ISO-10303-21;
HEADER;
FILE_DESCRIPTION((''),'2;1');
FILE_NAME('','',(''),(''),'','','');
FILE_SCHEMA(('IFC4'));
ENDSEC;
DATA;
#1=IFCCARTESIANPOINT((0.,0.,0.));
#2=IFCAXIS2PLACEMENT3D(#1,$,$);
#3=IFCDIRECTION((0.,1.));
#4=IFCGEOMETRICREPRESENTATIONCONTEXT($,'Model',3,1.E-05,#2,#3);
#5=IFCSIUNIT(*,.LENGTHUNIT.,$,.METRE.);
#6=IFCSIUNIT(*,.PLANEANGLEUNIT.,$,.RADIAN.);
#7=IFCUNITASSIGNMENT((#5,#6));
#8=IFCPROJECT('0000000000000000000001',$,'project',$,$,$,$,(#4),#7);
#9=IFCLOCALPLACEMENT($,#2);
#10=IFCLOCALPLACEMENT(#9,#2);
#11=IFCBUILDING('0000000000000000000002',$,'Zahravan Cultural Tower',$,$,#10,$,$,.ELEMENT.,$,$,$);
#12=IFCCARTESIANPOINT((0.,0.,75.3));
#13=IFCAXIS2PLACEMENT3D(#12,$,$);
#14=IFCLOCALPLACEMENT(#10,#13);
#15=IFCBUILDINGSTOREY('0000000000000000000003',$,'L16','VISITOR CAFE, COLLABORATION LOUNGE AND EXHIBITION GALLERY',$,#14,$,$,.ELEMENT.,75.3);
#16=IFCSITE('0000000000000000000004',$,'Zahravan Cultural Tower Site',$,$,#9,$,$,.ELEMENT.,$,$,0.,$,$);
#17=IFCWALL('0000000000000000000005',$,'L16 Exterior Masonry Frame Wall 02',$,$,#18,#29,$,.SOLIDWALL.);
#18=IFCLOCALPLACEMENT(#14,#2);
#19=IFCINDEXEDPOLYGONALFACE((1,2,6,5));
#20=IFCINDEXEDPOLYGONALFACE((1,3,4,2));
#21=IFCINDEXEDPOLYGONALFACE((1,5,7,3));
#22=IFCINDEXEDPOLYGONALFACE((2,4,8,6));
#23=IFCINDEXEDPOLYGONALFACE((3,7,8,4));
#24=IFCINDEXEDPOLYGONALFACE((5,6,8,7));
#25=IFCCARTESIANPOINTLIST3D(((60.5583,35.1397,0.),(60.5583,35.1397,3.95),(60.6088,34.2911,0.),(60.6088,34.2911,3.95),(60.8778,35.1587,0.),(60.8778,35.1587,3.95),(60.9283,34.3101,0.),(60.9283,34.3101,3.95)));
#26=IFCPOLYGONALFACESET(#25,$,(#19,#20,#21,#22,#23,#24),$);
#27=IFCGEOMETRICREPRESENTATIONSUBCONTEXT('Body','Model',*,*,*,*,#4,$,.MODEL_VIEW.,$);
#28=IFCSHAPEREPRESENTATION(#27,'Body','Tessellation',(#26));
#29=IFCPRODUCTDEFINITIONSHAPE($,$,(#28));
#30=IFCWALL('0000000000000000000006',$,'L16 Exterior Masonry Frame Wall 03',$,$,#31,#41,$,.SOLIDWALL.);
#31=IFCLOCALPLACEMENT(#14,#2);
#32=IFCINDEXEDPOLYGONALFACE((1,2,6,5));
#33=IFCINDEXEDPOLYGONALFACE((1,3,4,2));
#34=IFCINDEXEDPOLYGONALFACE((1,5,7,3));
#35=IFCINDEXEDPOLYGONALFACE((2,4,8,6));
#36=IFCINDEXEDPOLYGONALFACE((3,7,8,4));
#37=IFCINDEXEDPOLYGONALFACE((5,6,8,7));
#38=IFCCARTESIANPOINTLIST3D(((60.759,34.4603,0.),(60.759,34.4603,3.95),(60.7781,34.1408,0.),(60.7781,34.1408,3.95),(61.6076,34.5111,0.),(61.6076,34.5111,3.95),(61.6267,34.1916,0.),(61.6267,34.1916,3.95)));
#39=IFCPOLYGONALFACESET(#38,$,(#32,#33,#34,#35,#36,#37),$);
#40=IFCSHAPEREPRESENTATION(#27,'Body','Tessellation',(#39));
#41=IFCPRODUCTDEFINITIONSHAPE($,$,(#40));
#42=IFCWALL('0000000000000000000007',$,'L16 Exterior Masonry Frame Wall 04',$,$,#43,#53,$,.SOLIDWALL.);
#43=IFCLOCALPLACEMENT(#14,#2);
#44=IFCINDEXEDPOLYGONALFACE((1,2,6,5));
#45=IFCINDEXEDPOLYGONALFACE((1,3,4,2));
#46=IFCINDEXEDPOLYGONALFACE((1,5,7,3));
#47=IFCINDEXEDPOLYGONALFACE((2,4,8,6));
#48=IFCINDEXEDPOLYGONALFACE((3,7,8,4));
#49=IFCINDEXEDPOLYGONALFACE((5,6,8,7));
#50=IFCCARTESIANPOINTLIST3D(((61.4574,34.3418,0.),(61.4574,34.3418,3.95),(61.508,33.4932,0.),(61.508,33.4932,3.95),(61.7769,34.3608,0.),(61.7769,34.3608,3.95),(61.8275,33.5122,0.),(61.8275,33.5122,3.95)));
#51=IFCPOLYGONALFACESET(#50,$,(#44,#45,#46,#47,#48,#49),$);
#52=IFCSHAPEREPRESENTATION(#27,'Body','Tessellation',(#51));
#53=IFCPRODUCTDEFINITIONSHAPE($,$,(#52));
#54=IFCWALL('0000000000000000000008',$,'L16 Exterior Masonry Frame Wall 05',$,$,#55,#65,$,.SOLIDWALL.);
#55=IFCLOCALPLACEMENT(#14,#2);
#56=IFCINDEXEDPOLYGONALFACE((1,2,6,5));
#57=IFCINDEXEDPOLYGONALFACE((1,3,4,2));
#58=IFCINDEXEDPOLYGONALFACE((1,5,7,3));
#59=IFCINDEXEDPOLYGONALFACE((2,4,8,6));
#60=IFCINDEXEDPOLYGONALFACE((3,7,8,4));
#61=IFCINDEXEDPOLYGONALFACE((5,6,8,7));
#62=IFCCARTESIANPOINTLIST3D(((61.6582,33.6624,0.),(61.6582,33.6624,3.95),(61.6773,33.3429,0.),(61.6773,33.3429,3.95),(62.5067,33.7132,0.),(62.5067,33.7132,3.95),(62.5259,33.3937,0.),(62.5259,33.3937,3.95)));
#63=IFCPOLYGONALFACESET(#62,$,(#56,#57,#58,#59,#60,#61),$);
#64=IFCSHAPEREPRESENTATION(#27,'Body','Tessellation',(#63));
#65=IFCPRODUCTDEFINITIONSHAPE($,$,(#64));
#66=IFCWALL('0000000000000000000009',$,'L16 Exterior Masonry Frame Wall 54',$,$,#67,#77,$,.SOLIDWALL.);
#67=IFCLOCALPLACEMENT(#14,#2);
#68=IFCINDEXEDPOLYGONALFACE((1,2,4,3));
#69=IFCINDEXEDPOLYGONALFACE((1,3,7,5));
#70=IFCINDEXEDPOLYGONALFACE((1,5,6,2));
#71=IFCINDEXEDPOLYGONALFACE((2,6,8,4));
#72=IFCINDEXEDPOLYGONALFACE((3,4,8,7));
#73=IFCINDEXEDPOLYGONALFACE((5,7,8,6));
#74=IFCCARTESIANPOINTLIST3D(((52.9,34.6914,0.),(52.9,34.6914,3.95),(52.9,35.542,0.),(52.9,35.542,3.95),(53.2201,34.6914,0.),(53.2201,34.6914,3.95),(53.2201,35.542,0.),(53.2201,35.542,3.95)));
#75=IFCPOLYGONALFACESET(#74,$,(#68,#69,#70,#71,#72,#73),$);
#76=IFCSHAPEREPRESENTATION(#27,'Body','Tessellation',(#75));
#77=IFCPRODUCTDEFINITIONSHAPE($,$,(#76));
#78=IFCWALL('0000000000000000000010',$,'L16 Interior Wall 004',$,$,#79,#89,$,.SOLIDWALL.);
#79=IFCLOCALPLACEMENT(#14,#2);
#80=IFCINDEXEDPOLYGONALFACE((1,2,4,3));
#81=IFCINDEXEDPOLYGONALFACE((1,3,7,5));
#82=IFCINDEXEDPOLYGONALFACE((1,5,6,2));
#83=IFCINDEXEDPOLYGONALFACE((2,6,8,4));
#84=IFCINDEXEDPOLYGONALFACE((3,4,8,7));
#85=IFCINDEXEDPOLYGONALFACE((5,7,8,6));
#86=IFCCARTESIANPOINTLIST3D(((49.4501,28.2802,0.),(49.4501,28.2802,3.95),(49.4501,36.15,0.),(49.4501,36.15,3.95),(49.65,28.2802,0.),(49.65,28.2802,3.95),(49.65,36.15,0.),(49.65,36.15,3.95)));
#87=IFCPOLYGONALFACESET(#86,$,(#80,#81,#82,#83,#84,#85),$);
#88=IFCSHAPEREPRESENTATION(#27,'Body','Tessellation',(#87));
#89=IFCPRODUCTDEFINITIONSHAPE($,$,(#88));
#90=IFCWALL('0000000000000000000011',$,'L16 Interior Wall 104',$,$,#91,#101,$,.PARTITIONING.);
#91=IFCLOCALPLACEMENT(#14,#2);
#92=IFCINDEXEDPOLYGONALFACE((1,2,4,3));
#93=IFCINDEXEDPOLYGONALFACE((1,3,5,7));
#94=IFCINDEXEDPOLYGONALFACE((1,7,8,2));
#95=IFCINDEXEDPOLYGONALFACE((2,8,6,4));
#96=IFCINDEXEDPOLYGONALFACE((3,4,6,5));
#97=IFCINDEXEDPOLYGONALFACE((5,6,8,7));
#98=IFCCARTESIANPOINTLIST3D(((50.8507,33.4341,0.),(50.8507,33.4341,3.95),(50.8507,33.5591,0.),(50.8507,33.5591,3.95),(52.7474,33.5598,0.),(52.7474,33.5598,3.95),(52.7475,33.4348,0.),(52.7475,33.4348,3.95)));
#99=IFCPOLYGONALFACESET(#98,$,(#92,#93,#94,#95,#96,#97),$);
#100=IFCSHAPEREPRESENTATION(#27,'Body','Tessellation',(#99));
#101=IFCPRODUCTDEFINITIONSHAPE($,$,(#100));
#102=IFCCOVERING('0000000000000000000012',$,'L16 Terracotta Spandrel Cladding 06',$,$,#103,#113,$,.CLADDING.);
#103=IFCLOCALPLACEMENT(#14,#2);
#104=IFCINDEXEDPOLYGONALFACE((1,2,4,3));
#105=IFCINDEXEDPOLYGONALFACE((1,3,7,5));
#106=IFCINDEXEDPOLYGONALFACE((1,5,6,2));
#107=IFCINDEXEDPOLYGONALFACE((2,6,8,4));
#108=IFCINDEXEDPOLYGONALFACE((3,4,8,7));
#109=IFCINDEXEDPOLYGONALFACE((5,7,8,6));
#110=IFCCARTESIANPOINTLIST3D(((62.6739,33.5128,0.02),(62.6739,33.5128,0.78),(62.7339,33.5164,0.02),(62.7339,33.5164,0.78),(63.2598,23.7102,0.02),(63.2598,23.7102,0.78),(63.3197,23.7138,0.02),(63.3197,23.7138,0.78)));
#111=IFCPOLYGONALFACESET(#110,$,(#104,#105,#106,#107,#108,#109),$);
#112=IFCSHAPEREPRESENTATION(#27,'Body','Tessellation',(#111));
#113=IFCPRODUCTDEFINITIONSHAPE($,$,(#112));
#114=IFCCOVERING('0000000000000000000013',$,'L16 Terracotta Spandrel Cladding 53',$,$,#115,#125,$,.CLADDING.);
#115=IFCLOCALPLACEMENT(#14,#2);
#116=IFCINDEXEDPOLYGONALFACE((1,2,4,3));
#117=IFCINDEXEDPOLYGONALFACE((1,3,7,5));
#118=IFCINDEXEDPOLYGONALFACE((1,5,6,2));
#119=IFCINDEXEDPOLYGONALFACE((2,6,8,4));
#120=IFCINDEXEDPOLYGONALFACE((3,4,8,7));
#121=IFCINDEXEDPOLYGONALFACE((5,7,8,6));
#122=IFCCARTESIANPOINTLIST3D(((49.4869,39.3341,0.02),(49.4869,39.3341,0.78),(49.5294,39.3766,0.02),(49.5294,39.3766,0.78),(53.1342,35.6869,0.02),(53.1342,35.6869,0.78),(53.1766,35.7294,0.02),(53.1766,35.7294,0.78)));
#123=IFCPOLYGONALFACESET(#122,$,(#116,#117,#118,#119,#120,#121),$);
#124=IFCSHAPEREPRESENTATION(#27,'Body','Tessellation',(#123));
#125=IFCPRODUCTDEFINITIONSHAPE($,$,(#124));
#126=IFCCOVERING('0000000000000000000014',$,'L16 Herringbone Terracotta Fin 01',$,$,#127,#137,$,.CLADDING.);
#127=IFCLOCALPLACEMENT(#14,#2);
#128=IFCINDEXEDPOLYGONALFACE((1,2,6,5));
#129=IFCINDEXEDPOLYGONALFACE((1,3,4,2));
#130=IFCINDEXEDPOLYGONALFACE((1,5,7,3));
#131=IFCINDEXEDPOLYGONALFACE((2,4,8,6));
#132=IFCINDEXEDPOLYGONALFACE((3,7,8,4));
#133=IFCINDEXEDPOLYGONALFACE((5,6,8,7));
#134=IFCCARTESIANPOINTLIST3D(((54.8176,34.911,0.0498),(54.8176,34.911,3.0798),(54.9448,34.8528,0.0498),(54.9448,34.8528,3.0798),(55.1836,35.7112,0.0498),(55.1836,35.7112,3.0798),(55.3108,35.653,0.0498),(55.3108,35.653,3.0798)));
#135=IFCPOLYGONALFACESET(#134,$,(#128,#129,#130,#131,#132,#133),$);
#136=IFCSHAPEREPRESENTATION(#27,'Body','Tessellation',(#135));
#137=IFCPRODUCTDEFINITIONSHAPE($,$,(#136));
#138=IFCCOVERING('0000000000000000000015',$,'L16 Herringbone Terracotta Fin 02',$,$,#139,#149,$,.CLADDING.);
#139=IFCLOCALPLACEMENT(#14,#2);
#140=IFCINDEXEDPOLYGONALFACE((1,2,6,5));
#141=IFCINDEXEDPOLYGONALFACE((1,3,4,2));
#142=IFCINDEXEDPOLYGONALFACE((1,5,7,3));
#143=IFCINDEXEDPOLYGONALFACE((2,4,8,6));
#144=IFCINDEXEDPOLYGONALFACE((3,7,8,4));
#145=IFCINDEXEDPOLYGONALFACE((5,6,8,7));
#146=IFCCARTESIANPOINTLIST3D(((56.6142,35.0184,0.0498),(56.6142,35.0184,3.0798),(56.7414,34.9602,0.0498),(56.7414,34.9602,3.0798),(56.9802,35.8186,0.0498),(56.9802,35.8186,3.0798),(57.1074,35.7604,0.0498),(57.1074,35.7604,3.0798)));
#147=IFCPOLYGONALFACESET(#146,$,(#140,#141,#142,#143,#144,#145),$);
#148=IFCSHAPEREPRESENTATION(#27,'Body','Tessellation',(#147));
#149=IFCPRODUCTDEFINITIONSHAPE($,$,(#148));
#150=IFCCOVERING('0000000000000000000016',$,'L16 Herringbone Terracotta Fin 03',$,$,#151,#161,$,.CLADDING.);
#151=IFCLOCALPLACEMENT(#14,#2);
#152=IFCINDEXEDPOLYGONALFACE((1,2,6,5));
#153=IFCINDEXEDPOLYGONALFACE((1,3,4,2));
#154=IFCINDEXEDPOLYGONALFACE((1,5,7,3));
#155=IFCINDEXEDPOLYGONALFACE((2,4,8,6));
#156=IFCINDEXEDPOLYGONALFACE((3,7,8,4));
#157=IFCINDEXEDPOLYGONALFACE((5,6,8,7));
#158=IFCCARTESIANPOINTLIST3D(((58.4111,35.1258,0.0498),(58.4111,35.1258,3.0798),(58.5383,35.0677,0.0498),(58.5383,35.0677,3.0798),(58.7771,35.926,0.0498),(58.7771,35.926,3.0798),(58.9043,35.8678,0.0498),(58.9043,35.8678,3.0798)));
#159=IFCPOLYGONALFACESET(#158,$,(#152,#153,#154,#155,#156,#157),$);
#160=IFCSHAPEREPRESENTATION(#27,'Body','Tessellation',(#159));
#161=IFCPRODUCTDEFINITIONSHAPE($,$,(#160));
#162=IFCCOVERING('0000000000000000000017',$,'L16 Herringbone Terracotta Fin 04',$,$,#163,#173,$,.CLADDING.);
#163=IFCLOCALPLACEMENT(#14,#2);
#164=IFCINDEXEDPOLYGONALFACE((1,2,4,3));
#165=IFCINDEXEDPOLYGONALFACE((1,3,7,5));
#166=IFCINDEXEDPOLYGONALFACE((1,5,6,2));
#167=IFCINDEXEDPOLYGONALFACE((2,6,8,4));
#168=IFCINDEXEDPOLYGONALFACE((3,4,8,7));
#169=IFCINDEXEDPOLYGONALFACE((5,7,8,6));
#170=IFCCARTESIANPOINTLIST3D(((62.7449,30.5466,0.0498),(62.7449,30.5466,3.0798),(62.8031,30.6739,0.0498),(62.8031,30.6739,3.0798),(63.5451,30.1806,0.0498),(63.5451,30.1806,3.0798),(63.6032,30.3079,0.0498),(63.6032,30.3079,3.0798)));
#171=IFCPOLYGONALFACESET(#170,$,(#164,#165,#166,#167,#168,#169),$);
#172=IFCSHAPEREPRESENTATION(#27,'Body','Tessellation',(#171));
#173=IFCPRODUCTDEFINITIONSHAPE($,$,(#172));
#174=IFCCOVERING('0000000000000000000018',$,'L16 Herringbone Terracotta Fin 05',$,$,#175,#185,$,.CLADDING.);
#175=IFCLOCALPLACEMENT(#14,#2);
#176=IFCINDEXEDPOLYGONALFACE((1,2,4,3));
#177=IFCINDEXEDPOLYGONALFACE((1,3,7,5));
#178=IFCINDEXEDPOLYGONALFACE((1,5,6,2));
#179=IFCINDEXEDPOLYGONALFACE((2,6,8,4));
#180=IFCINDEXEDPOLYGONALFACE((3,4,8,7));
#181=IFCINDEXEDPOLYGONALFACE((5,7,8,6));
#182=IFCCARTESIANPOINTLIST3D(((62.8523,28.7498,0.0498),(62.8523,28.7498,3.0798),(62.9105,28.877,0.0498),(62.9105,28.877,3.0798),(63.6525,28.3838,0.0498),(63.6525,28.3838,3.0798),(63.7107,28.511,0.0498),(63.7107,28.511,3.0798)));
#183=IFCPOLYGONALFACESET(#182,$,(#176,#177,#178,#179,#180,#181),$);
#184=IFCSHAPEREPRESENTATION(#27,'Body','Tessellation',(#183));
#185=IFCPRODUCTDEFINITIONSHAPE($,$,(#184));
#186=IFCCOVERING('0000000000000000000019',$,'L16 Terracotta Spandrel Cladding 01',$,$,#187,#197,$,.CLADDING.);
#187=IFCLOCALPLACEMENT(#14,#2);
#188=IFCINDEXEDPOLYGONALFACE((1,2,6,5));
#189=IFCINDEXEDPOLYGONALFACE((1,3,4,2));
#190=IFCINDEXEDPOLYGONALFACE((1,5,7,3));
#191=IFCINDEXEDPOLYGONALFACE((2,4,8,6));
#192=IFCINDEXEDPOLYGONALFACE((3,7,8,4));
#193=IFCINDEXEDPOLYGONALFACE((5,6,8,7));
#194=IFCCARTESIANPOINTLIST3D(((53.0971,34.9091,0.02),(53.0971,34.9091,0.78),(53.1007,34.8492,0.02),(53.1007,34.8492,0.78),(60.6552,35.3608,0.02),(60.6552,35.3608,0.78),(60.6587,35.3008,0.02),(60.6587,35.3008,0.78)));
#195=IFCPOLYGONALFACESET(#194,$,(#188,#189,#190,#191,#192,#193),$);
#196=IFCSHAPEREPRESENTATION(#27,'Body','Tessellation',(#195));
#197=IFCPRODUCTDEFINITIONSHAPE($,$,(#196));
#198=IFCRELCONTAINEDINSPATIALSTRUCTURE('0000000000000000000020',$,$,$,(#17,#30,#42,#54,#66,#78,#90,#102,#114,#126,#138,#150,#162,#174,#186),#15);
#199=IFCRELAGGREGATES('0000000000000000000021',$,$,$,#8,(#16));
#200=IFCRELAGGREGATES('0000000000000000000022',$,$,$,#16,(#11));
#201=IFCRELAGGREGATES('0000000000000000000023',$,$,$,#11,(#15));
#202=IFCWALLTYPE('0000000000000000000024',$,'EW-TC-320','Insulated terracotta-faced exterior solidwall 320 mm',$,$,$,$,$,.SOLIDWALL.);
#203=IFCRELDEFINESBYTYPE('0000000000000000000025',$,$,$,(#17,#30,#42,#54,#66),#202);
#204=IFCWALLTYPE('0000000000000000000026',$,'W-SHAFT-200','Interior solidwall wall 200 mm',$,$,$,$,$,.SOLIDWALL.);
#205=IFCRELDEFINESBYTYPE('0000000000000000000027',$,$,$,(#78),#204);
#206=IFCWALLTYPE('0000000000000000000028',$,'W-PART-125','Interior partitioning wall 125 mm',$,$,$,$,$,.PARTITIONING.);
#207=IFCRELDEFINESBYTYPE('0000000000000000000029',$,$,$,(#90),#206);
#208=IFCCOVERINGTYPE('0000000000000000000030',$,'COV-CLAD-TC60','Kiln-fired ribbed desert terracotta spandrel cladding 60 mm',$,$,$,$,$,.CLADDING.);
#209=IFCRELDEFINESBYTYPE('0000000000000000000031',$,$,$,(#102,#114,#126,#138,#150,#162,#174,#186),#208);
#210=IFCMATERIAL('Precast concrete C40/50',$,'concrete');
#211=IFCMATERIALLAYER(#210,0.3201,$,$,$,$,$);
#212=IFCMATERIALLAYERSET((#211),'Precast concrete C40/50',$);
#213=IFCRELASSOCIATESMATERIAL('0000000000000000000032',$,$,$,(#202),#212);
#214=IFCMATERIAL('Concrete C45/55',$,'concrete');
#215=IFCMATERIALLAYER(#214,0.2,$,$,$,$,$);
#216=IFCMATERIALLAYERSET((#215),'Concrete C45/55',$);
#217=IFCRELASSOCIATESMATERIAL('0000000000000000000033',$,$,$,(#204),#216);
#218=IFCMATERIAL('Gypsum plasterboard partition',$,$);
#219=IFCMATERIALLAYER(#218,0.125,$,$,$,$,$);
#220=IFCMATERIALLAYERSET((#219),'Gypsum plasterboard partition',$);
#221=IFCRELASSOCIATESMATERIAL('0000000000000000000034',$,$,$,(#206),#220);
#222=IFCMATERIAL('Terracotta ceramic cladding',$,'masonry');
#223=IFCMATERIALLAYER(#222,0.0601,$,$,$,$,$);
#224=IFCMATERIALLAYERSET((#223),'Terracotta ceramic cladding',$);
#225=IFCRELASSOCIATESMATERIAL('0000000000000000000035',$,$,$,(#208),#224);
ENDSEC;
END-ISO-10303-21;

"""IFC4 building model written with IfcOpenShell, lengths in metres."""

from ifc_helpers import new_model, si_unit, direction, frame, frame_2d, origin, origin_2d, place, context, subcontext, project, spatial, rectangle, extrude, source, transform, mapped, material, layer, layer_set, type_object, element, save


model = new_model("IFC4")

# Units and contexts
model_context = context("Model", 3, precision=1e-05, world=origin(), true_north=direction((0.0, 1.0)))
body_context = subcontext(model_context, "Body", "Model", "MODEL_VIEW")
ifc_project = project(units=[si_unit("LENGTHUNIT", "METRE"), si_unit("PLANEANGLEUNIT", "RADIAN")], contexts=[model_context])

# Site, building, storey
site_placement = place(None, origin())
site = spatial("IfcSite", under=ifc_project, at=site_placement, Name="Zahravan Cultural Tower Site", CompositionType="ELEMENT", RefElevation=0.0)
building_placement = place(site_placement, origin())
building = spatial("IfcBuilding", under=site, at=building_placement, Name="Zahravan Cultural Tower", CompositionType="ELEMENT")
storey_placement = place(building_placement, frame((0.0, 0.0, 75.3)))
storey = spatial("IfcBuildingStorey", under=building, at=storey_placement, Name="L16", Description="VISITOR CAFE, COLLABORATION LOUNGE AND EXHIBITION GALLERY", CompositionType="ELEMENT", Elevation=75.3)

# Shared definitions
ifc_material_1 = material(Name="Precast concrete C40/50", Category="concrete")
ifc_layer_1 = layer(ifc_material_1, 0.3201)
ifc_layer_set_1 = layer_set([ifc_layer_1], Name="Precast concrete C40/50")
wall_type_1 = type_object("IfcWallType", Name="EW-TC-320", Description="Insulated terracotta-faced exterior solidwall 320 mm", PredefinedType="SOLIDWALL", material=ifc_layer_set_1)

# Walls
shared_shape_1 = source(origin(), body_context, "Body", "SweptSolid", [
    extrude(rectangle(XDim=0.8501, YDim=0.3201, at=frame_2d((0.425, 0.0))), origin(), (0.0, 0.0, 1.0), 3.95),
])
for number, where, z_axis, x_axis, name in (
    (1, (60.718, 35.1492, 0.0), (0.0, 0.0, 1.0), (0.059446, -0.998232, 0.0), "L16 Exterior Masonry Frame Wall 02"),
    (2, (60.7686, 34.3005, 0.0), (0.0, 0.0, 1.0), (0.998214, 0.059732, 0.0), "L16 Exterior Masonry Frame Wall 03"),
    (3, (61.6172, 34.3513, 0.0), (0.0, 0.0, 1.0), (0.059446, -0.998232, 0.0), "L16 Exterior Masonry Frame Wall 04"),
    (4, (61.6677, 33.5027, 0.0), (0.0, 0.0, 1.0), (0.998214, 0.059732, 0.0), "L16 Exterior Masonry Frame Wall 05"),
):
    element("IfcWall", number, at=place(storey_placement, frame(where, z_axis=z_axis, x_axis=x_axis)), inside=storey, type_object=wall_type_1, Name=name, PredefinedType="SOLIDWALL", context=body_context, shape_type="MappedRepresentation", body=[
        mapped(shared_shape_1, transform((0.0, 0.0, 0.0), x_axis=(1.0, 0.0, 0.0), y_axis=(0.0, 1.0, 0.0), z_axis=(0.0, 0.0, 1.0), scale=1.0)),
    ])
shared_shape_2 = source(origin(), body_context, "Body", "SweptSolid", [
    extrude(rectangle(XDim=0.8506, YDim=0.3201, at=frame_2d((0.4253, 0.0))), origin(), (0.0, 0.0, 1.0), 3.95),
])
wall_1_placement = place(storey_placement, frame((53.0601, 35.542, 0.0), z_axis=(0.0, 0.0, 1.0), x_axis=(0.0, -1.0, 0.0)))
element("IfcWall", 5, at=wall_1_placement, inside=storey, type_object=wall_type_1, Name="L16 Exterior Masonry Frame Wall 54", PredefinedType="SOLIDWALL", context=body_context, shape_type="MappedRepresentation", body=[
    mapped(shared_shape_2, transform((0.0, 0.0, 0.0), x_axis=(1.0, 0.0, 0.0), y_axis=(0.0, 1.0, 0.0), z_axis=(0.0, 0.0, 1.0), scale=1.0)),
])
ifc_material_2 = material(Name="Concrete C45/55", Category="concrete")
ifc_layer_2 = layer(ifc_material_2, 0.2)
ifc_layer_set_2 = layer_set([ifc_layer_2], Name="Concrete C45/55")
wall_type_2 = type_object("IfcWallType", Name="W-SHAFT-200", Description="Interior solidwall wall 200 mm", PredefinedType="SOLIDWALL", material=ifc_layer_set_2)
shared_shape_3 = source(origin(), body_context, "Body", "SweptSolid", [
    extrude(rectangle(XDim=7.8699, YDim=0.2, at=frame_2d((3.9351, 0.0))), origin(), (0.0, 0.0, 1.0), 3.95),
])
wall_2_placement = place(storey_placement, frame((49.55, 28.28, 0.0), z_axis=(0.0, 0.0, 1.0), x_axis=(0.0, 1.0, 0.0)))
element("IfcWall", 6, at=wall_2_placement, inside=storey, type_object=wall_type_2, Name="L16 Interior Wall 004", PredefinedType="SOLIDWALL", context=body_context, shape_type="MappedRepresentation", body=[
    mapped(shared_shape_3, transform((0.0, 0.0, 0.0), x_axis=(1.0, 0.0, 0.0), y_axis=(0.0, 1.0, 0.0), z_axis=(0.0, 0.0, 1.0), scale=1.0)),
])
ifc_material_3 = material(Name="Gypsum plasterboard partition")
ifc_layer_3 = layer(ifc_material_3, 0.125)
ifc_layer_set_3 = layer_set([ifc_layer_3], Name="Gypsum plasterboard partition")
wall_type_3 = type_object("IfcWallType", Name="W-PART-125", Description="Interior partitioning wall 125 mm", PredefinedType="PARTITIONING", material=ifc_layer_set_3)
shared_shape_4 = source(origin(), body_context, "Body", "SweptSolid", [
    extrude(rectangle(XDim=1.8967, YDim=0.125, at=frame_2d((0.9482, 0.0))), origin(), (0.0, 0.0, 1.0), 3.95),
])
wall_3_placement = place(storey_placement, frame((52.7473, 33.4973, 0.0), z_axis=(0.0, 0.0, 1.0), x_axis=(-1.0, -0.000386, 0.0)))
element("IfcWall", 7, at=wall_3_placement, inside=storey, type_object=wall_type_3, Name="L16 Interior Wall 104", PredefinedType="PARTITIONING", context=body_context, shape_type="MappedRepresentation", body=[
    mapped(shared_shape_4, transform((0.0, 0.0, 0.0), x_axis=(1.0, 0.0, 0.0), y_axis=(0.0, 1.0, 0.0), z_axis=(0.0, 0.0, 1.0), scale=1.0)),
])

# Coverings
ifc_material_4 = material(Name="Terracotta ceramic cladding", Category="masonry")
ifc_layer_4 = layer(ifc_material_4, 0.0601)
ifc_layer_set_4 = layer_set([ifc_layer_4], Name="Terracotta ceramic cladding")
covering_type = type_object("IfcCoveringType", Name="COV-CLAD-TC60", Description="Kiln-fired ribbed desert terracotta spandrel cladding 60 mm", PredefinedType="CLADDING", material=ifc_layer_set_4)
shared_shape_5 = source(origin(), body_context, "Body", "SweptSolid", [
    extrude(rectangle(XDim=9.8201, YDim=0.0601, at=origin_2d()), origin(), (0.0, 0.0, 1.0), 0.76),
])
covering_1_placement = place(storey_placement, frame((62.9968, 28.6133, 0.02), z_axis=(0.0, 0.0, 1.0), x_axis=(0.059655, -0.998219, 0.0)))
element("IfcCovering", 8, at=covering_1_placement, inside=storey, type_object=covering_type, Name="L16 Terracotta Spandrel Cladding 06", PredefinedType="CLADDING", context=body_context, shape_type="MappedRepresentation", body=[
    mapped(shared_shape_5, transform((0.0, 0.0, 0.0), x_axis=(1.0, 0.0, 0.0), y_axis=(0.0, 1.0, 0.0), z_axis=(0.0, 0.0, 1.0), scale=1.0)),
])
shared_shape_6 = source(origin(), body_context, "Body", "SweptSolid", [
    extrude(rectangle(XDim=5.158, YDim=0.0601, at=origin_2d()), origin(), (0.0, 0.0, 1.0), 0.76),
])
covering_2_placement = place(storey_placement, frame((51.3318, 37.5317, 0.02), z_axis=(0.0, 0.0, 1.0), x_axis=(0.707107, -0.707107, 0.0)))
element("IfcCovering", 9, at=covering_2_placement, inside=storey, type_object=covering_type, Name="L16 Terracotta Spandrel Cladding 53", PredefinedType="CLADDING", context=body_context, shape_type="MappedRepresentation", body=[
    mapped(shared_shape_6, transform((0.0, 0.0, 0.0), x_axis=(1.0, 0.0, 0.0), y_axis=(0.0, 1.0, 0.0), z_axis=(0.0, 0.0, 1.0), scale=1.0)),
])
shared_shape_7 = source(origin(), body_context, "Body", "SweptSolid", [
    extrude(rectangle(XDim=0.8799, YDim=0.1399, at=origin_2d()), origin(), (0.0, 0.0, 1.0), 3.03),
])
for number, where, z_axis, x_axis, name in (
    (10, (55.0642, 35.282, 0.0498), (0.0, 0.0, 1.0), (0.415963, 0.909381, 0.0), "L16 Herringbone Terracotta Fin 01"),
    (11, (56.8608, 35.3894, 0.0498), (0.0, 0.0, 1.0), (0.415963, 0.909381, 0.0), "L16 Herringbone Terracotta Fin 02"),
    (12, (58.6577, 35.4968, 0.0498), (0.0, 0.0, 1.0), (0.415963, 0.909381, 0.0), "L16 Herringbone Terracotta Fin 03"),
    (13, (63.1741, 30.4272, 0.0498), (0.0, 0.0, 1.0), (0.909381, -0.415963, 0.0), "L16 Herringbone Terracotta Fin 04"),
    (14, (63.2815, 28.6304, 0.0498), (0.0, 0.0, 1.0), (0.909381, -0.415963, 0.0), "L16 Herringbone Terracotta Fin 05"),
):
    element("IfcCovering", number, at=place(storey_placement, frame(where, z_axis=z_axis, x_axis=x_axis)), inside=storey, type_object=covering_type, Name=name, PredefinedType="CLADDING", context=body_context, shape_type="MappedRepresentation", body=[
        mapped(shared_shape_7, transform((0.0, 0.0, 0.0), x_axis=(1.0, 0.0, 0.0), y_axis=(0.0, 1.0, 0.0), z_axis=(0.0, 0.0, 1.0), scale=1.0)),
    ])
shared_shape_8 = source(origin(), body_context, "Body", "SweptSolid", [
    extrude(rectangle(XDim=7.5715, YDim=0.0601, at=origin_2d()), origin(), (0.0, 0.0, 1.0), 0.76),
])
covering_3_placement = place(storey_placement, frame((56.8779, 35.105, 0.02), z_axis=(0.0, 0.0, 1.0), x_axis=(0.998219, 0.059655, 0.0)))
element("IfcCovering", 15, at=covering_3_placement, inside=storey, type_object=covering_type, Name="L16 Terracotta Spandrel Cladding 01", PredefinedType="CLADDING", context=body_context, shape_type="MappedRepresentation", body=[
    mapped(shared_shape_8, transform((0.0, 0.0, 0.0), x_axis=(1.0, 0.0, 0.0), y_axis=(0.0, 1.0, 0.0), z_axis=(0.0, 0.0, 1.0), scale=1.0)),
])

save(model, "model.ifc")
